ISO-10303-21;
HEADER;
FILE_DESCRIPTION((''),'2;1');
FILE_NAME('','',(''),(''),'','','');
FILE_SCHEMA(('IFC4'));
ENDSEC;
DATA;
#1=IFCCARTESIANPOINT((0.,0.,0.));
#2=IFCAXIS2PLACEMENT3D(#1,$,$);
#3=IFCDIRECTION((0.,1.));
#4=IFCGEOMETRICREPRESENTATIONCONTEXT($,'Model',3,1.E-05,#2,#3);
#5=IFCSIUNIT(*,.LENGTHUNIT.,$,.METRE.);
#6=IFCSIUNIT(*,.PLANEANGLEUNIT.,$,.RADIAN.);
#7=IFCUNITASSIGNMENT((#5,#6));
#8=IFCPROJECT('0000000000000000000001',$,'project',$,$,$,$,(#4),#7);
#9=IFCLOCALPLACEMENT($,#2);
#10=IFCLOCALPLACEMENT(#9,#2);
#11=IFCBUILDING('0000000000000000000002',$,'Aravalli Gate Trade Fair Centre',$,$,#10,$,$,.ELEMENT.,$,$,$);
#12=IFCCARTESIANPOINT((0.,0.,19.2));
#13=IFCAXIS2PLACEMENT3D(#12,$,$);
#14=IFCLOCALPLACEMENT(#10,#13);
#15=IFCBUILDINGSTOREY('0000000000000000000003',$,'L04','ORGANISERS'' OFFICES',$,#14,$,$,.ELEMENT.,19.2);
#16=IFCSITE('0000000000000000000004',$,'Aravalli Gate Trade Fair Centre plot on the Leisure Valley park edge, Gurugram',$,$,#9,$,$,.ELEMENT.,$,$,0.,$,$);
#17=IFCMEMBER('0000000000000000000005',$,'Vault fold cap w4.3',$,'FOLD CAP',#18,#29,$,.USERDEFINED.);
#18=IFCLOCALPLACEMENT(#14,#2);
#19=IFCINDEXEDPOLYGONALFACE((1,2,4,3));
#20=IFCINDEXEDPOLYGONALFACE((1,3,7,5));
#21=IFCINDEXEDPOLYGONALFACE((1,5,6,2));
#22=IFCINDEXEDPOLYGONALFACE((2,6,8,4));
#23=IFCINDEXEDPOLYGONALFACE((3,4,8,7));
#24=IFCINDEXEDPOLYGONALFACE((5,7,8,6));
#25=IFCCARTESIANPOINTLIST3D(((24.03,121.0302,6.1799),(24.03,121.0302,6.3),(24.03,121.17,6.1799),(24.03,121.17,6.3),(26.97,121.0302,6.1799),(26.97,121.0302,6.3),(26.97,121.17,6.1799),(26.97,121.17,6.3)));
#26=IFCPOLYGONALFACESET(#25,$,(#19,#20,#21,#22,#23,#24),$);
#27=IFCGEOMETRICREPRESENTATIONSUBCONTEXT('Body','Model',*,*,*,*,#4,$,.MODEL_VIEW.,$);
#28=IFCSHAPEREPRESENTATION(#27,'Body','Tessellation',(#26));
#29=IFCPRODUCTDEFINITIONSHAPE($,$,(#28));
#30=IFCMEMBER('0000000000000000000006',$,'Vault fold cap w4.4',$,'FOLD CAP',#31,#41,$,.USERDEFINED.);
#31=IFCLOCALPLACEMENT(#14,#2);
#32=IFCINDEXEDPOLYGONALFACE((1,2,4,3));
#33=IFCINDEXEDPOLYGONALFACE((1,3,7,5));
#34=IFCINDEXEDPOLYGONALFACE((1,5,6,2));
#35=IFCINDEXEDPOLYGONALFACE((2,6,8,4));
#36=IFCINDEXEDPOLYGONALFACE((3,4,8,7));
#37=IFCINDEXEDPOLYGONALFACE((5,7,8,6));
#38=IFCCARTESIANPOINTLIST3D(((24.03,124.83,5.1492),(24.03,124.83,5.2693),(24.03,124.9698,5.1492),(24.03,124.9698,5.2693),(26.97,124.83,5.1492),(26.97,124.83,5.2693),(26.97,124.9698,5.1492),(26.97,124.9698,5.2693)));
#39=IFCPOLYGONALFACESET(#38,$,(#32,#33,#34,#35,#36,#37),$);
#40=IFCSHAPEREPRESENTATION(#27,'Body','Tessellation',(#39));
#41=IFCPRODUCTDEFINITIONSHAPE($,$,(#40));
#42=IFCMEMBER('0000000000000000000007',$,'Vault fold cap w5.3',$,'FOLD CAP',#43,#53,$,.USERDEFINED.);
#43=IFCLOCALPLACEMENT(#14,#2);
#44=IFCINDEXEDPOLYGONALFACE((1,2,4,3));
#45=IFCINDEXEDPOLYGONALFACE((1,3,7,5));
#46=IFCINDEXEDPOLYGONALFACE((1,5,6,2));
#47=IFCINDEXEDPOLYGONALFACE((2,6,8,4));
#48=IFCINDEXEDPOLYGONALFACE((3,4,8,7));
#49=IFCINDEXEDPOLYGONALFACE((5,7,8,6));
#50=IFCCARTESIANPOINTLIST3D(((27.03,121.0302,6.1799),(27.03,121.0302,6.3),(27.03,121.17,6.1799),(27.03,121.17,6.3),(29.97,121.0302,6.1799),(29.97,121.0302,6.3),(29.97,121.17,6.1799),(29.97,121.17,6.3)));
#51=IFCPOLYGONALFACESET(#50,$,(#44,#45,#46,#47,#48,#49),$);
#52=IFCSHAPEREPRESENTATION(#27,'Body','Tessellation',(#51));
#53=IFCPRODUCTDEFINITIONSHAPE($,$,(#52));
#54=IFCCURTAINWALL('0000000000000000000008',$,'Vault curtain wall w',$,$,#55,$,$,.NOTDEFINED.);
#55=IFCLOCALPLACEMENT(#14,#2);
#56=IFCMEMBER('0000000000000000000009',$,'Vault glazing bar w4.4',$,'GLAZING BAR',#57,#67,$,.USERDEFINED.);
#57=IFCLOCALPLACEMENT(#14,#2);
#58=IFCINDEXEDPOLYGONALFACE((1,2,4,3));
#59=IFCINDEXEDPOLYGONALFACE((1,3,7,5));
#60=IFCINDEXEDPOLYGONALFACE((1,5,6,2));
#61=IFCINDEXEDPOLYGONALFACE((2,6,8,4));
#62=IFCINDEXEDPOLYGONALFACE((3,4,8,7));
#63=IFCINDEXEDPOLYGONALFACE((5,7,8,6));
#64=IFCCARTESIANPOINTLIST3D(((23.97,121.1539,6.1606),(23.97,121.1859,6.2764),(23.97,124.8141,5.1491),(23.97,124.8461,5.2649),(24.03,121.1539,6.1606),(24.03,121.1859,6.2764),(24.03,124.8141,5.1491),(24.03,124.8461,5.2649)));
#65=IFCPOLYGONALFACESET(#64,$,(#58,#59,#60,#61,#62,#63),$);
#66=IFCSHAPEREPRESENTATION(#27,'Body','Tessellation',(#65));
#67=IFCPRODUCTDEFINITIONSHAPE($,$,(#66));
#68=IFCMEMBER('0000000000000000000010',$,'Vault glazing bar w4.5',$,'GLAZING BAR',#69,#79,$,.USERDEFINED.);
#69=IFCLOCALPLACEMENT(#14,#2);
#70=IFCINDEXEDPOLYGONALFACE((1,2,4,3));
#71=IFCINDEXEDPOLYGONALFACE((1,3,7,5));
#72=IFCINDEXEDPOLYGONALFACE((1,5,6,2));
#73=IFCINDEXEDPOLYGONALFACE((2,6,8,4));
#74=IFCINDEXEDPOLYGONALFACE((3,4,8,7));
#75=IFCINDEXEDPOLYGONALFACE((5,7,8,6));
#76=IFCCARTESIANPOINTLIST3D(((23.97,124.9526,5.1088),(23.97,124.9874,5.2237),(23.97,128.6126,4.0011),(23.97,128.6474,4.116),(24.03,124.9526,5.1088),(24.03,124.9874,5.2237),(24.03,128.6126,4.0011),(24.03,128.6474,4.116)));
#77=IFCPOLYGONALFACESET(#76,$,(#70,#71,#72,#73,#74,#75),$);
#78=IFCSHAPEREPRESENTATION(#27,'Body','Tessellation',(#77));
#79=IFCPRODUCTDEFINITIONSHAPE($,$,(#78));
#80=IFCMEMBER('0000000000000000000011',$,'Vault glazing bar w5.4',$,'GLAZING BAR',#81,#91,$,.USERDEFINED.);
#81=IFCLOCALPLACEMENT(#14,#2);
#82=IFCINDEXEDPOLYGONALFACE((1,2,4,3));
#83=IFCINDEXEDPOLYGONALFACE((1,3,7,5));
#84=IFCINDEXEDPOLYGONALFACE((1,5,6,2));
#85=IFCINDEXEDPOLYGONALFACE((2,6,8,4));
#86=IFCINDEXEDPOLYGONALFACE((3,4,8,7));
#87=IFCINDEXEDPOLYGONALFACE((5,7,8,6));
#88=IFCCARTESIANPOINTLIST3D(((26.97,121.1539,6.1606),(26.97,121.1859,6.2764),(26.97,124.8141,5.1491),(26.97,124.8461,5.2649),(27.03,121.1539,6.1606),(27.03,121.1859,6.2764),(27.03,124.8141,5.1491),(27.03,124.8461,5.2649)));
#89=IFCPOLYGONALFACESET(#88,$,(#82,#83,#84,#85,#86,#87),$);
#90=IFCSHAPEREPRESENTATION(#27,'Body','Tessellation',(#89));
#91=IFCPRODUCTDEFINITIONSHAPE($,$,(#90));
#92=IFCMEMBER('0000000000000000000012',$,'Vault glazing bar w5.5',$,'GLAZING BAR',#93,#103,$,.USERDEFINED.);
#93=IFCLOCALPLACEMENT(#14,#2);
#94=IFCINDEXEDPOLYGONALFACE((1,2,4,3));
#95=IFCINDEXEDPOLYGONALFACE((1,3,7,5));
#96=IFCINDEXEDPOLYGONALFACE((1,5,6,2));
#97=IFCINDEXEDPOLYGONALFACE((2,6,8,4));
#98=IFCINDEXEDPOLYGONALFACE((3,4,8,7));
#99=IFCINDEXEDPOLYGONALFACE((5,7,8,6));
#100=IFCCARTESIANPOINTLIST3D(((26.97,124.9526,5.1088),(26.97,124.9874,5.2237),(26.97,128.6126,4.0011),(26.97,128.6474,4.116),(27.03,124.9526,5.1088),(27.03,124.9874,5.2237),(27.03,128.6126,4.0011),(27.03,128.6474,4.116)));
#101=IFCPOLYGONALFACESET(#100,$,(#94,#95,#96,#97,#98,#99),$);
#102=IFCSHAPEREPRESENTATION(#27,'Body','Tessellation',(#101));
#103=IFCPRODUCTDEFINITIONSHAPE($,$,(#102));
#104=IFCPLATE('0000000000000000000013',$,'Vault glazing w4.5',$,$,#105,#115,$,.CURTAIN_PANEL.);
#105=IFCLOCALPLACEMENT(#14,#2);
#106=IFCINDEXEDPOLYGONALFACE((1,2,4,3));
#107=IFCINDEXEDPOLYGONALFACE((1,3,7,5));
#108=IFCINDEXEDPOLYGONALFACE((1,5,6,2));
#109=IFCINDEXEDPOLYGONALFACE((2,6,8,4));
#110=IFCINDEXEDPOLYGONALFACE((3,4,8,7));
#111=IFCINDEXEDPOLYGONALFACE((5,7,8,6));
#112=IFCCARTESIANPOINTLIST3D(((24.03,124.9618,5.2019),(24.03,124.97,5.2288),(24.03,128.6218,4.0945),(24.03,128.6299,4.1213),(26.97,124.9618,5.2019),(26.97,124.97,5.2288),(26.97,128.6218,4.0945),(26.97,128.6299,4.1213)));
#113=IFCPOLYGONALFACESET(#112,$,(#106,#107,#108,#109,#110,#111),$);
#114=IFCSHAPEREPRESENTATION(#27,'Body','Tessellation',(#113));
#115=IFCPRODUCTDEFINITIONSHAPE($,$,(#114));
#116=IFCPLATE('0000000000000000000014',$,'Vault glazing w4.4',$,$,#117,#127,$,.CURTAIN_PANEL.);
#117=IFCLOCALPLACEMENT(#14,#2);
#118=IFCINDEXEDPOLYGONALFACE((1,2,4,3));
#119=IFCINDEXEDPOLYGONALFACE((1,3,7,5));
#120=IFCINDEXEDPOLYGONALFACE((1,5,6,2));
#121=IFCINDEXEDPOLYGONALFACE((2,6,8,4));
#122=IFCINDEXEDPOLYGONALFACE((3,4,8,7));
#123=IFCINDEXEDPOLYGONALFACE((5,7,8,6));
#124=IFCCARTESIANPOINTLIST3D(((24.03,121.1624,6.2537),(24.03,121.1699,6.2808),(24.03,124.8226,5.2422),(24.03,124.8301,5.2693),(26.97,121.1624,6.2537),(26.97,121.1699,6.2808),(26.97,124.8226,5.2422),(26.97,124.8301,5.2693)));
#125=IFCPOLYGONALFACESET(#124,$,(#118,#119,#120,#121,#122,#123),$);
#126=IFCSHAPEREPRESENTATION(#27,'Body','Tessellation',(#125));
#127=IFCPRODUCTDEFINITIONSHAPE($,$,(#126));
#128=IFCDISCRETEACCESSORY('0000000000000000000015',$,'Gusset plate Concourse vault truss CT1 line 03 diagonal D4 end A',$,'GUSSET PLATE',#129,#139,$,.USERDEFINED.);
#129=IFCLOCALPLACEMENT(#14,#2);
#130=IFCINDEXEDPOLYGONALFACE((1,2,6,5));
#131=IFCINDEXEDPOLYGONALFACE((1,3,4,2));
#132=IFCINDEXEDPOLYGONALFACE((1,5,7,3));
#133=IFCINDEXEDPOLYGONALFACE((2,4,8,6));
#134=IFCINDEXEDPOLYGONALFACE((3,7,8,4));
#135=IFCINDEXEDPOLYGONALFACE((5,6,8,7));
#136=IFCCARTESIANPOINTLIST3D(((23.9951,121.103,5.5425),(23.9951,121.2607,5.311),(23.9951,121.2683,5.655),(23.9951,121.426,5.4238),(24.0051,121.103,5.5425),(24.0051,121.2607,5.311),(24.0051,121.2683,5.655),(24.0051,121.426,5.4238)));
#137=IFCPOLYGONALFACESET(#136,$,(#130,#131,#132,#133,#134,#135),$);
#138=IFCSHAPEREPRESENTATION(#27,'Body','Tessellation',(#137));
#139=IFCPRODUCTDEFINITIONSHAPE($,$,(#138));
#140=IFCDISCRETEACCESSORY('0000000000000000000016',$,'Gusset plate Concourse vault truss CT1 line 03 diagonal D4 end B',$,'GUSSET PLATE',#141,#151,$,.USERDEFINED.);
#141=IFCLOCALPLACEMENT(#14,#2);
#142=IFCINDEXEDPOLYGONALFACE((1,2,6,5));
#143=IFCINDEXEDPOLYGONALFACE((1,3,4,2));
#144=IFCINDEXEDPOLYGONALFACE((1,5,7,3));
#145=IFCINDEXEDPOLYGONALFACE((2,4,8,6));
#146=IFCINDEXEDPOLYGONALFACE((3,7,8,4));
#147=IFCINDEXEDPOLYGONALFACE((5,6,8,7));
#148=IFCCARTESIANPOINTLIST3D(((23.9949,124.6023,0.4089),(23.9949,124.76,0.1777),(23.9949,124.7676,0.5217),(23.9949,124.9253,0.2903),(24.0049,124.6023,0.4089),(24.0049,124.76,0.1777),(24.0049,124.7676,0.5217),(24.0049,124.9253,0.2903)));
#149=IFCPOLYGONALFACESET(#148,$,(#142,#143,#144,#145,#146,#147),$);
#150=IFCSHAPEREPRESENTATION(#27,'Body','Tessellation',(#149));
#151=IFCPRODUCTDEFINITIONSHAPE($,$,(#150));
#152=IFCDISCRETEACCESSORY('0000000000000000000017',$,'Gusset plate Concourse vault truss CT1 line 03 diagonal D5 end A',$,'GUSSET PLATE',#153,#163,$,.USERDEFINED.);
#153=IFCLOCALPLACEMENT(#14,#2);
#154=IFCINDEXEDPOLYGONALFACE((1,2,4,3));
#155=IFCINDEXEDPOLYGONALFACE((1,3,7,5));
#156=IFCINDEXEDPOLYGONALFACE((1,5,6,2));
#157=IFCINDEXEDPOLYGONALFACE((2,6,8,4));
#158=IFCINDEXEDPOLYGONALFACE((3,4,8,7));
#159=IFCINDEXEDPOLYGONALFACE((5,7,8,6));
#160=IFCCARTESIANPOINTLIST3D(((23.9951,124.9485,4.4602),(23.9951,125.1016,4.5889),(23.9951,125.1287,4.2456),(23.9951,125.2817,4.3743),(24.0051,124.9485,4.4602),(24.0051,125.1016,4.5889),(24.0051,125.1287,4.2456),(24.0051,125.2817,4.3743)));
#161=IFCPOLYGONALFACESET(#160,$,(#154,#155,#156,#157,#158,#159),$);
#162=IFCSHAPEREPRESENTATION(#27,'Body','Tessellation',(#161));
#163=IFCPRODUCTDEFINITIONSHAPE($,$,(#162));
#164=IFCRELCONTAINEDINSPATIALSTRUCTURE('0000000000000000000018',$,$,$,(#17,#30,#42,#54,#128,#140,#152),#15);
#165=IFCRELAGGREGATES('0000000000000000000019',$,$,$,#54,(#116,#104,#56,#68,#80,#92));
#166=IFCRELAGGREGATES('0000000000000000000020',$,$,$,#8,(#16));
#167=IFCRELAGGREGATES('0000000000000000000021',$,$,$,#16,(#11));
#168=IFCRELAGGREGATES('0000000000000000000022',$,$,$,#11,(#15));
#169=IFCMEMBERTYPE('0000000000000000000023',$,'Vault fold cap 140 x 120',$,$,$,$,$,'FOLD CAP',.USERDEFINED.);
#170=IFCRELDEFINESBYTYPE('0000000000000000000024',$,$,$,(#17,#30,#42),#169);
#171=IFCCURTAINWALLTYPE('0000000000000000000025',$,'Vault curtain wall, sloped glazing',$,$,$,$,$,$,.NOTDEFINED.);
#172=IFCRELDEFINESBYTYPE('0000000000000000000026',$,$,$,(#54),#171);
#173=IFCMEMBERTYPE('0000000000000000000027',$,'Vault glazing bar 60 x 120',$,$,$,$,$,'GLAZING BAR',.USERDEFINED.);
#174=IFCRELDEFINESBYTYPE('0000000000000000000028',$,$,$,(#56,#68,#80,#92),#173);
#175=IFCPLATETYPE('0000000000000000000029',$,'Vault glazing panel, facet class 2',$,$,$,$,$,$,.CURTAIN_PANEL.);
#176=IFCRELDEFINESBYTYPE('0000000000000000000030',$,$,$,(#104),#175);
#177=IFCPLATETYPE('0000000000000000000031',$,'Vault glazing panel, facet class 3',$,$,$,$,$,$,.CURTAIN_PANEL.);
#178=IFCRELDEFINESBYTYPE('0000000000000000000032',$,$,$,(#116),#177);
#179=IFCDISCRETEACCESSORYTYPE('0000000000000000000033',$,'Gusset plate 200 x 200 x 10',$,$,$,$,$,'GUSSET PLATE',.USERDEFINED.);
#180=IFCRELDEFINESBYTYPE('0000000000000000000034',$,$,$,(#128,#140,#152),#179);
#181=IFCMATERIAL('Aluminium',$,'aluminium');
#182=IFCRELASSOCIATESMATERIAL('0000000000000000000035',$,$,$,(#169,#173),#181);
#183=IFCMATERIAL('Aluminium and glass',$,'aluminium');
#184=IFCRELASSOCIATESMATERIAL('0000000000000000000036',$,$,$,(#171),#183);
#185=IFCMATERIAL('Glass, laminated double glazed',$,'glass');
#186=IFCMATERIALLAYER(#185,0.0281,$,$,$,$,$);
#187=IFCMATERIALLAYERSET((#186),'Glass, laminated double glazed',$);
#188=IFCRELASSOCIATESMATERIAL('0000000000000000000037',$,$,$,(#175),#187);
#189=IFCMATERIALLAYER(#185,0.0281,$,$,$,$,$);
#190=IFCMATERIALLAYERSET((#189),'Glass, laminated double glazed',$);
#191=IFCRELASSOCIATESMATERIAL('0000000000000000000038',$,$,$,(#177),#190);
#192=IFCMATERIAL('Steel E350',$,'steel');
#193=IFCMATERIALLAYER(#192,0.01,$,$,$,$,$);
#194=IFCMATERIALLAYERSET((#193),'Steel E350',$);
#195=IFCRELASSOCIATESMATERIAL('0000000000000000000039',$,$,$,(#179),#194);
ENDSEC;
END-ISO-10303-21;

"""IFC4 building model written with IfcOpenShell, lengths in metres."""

from ifc_helpers import new_model, si_unit, direction, frame, origin, origin_2d, place, context, subcontext, project, spatial, polyline, rectangle, outline, extrude, material, layer, layer_set, material_profile, profile_set, type_object, element, aggregate, save


model = new_model("IFC4")

# Units and contexts
model_context = context("Model", 3, precision=1e-05, world=origin(), true_north=direction((0.0, 1.0)))
body_context = subcontext(model_context, "Body", "Model", "MODEL_VIEW")
ifc_project = project(units=[si_unit("LENGTHUNIT", "METRE"), si_unit("PLANEANGLEUNIT", "RADIAN")], contexts=[model_context])

# Site, building, storey
site_placement = place(None, origin())
site = spatial("IfcSite", under=ifc_project, at=site_placement, Name="Aravalli Gate Trade Fair Centre plot on the Leisure Valley park edge, Gurugram", CompositionType="ELEMENT", RefElevation=0.0)
building_placement = place(site_placement, origin())
building = spatial("IfcBuilding", under=site, at=building_placement, Name="Aravalli Gate Trade Fair Centre", CompositionType="ELEMENT")
storey_placement = place(building_placement, frame((0.0, 0.0, 19.2)))
storey = spatial("IfcBuildingStorey", under=building, at=storey_placement, Name="L04", Description="ORGANISERS' OFFICES", CompositionType="ELEMENT", Elevation=19.2)

# Members
ifc_material_1 = material(Name="Steel E350", Category="steel")
ifc_material_2 = material(Name="Aluminium", Category="aluminium")
ifc_material_profile_1 = material_profile(ifc_material_2, rectangle(XDim=0.1399, YDim=0.1201, at=origin_2d()), Name="Vault fold cap 140 x 120")
ifc_profile_set_1 = profile_set([ifc_material_profile_1], Name="Aluminium")
member_type_1 = type_object("IfcMemberType", Name="Vault fold cap 140 x 120", ElementType="FOLD CAP", PredefinedType="USERDEFINED", material=ifc_profile_set_1)
for number, where, z_axis, x_axis, name in (
    (1, (24.03, 121.1001, 6.24), (1.0, 0.0, 0.0), (0.0, 1.0, 0.0), "Vault fold cap w4.3"),
    (2, (24.03, 124.8999, 5.2092), (1.0, 0.0, 0.0), (0.0, 1.0, 0.0), "Vault fold cap w4.4"),
    (3, (27.03, 121.1001, 6.24), (1.0, 0.0, 0.0), (0.0, 1.0, 0.0), "Vault fold cap w5.3"),
):
    element("IfcMember", number, at=place(storey_placement, frame(where, z_axis=z_axis, x_axis=x_axis)), inside=storey, type_object=member_type_1, Name=name, ObjectType="FOLD CAP", PredefinedType="USERDEFINED", context=body_context, shape_type="SweptSolid", body=[
        extrude(rectangle(XDim=0.1399, YDim=0.1201, at=origin_2d()), origin(), (0.0, 0.0, 1.0), 2.9399),
    ])

# Curtain wall, members, plates
ifc_material_3 = material(Name="Aluminium and glass", Category="aluminium")
curtain_wall_type = type_object("IfcCurtainWallType", Name="Vault curtain wall, sloped glazing", PredefinedType="NOTDEFINED", material=ifc_material_3)
curtain_wall_placement = place(storey_placement, origin())
curtain_wall = element("IfcCurtainWall", 4, at=curtain_wall_placement, inside=storey, type_object=curtain_wall_type, Name="Vault curtain wall w", PredefinedType="NOTDEFINED")
ifc_material_profile_2 = material_profile(ifc_material_2, rectangle(XDim=0.0601, YDim=0.1201, at=origin_2d()), Name="Vault glazing bar 60 x 120")
ifc_profile_set_2 = profile_set([ifc_material_profile_2], Name="Aluminium")
member_type_2 = type_object("IfcMemberType", Name="Vault glazing bar 60 x 120", ElementType="GLAZING BAR", PredefinedType="USERDEFINED", material=ifc_profile_set_2)
member_1_placement = place(storey_placement, frame((24.0, 121.1699, 6.2185), z_axis=(0.0, 0.963873, -0.266364), x_axis=(-1.0, 0.0, 0.0)))
member_1 = element("IfcMember", 5, at=member_1_placement, type_object=member_type_2, Name="Vault glazing bar w4.4", ObjectType="GLAZING BAR", PredefinedType="USERDEFINED", context=body_context, shape_type="SweptSolid", body=[
    extrude(rectangle(XDim=0.0601, YDim=0.1201, at=origin_2d()), origin(), (0.0, 0.0, 1.0), 3.7974),
])
member_2_placement = place(storey_placement, frame((24.0, 124.97, 5.1663), z_axis=(0.0, 0.957126, -0.289672), x_axis=(-1.0, 0.0, 0.0)))
member_2 = element("IfcMember", 6, at=member_2_placement, type_object=member_type_2, Name="Vault glazing bar w4.5", ObjectType="GLAZING BAR", PredefinedType="USERDEFINED", context=body_context, shape_type="SweptSolid", body=[
    extrude(rectangle(XDim=0.0601, YDim=0.1201, at=origin_2d()), origin(), (0.0, 0.0, 1.0), 3.824),
])
member_3_placement = place(storey_placement, frame((27.0, 121.1699, 6.2185), z_axis=(0.0, 0.963873, -0.266364), x_axis=(-1.0, 0.0, 0.0)))
member_3 = element("IfcMember", 7, at=member_3_placement, type_object=member_type_2, Name="Vault glazing bar w5.4", ObjectType="GLAZING BAR", PredefinedType="USERDEFINED", context=body_context, shape_type="SweptSolid", body=[
    extrude(rectangle(XDim=0.0601, YDim=0.1201, at=origin_2d()), origin(), (0.0, 0.0, 1.0), 3.7974),
])
member_4_placement = place(storey_placement, frame((27.0, 124.97, 5.1663), z_axis=(0.0, 0.957126, -0.289672), x_axis=(-1.0, 0.0, 0.0)))
member_4 = element("IfcMember", 8, at=member_4_placement, type_object=member_type_2, Name="Vault glazing bar w5.5", ObjectType="GLAZING BAR", PredefinedType="USERDEFINED", context=body_context, shape_type="SweptSolid", body=[
    extrude(rectangle(XDim=0.0601, YDim=0.1201, at=origin_2d()), origin(), (0.0, 0.0, 1.0), 3.824),
])
ifc_material_4 = material(Name="Glass, laminated double glazed", Category="glass")
ifc_layer_1 = layer(ifc_material_4, 0.0281)
ifc_layer_set_1 = layer_set([ifc_layer_1], Name="Glass, laminated double glazed")
plate_type_1 = type_object("IfcPlateType", Name="Vault glazing panel, facet class 2", PredefinedType="CURTAIN_PANEL", material=ifc_layer_set_1)
plate_1_placement = place(storey_placement, frame((24.03, 124.97, 5.2288), z_axis=(0.0, 0.289614, 0.957144), x_axis=(1.0, 0.0, 0.0)))
plate_1 = element("IfcPlate", 9, at=plate_1_placement, type_object=plate_type_1, Name="Vault glazing w4.5", PredefinedType="CURTAIN_PANEL", context=body_context, shape_type="SweptSolid", body=[
    extrude(outline(polyline([(0.0, 0.0), (2.9399, 0.0), (2.9399, 3.8238), (0.0, 3.8238), (0.0, 0.0)])), origin(), (0.0, 0.0, -1.0), 0.0281),
])
ifc_layer_2 = layer(ifc_material_4, 0.0281)
ifc_layer_set_2 = layer_set([ifc_layer_2], Name="Glass, laminated double glazed")
plate_type_2 = type_object("IfcPlateType", Name="Vault glazing panel, facet class 3", PredefinedType="CURTAIN_PANEL", material=ifc_layer_set_2)
plate_2_placement = place(storey_placement, frame((24.03, 121.1699, 6.2808), z_axis=(0.0, 0.266364, 0.963873), x_axis=(1.0, 0.0, 0.0)))
plate_2 = element("IfcPlate", 10, at=plate_2_placement, type_object=plate_type_2, Name="Vault glazing w4.4", PredefinedType="CURTAIN_PANEL", context=body_context, shape_type="SweptSolid", body=[
    extrude(outline(polyline([(0.0, 0.0), (2.9399, 0.0), (2.9399, 3.7973), (0.0, 3.7973), (0.0, 0.0)])), origin(), (0.0, 0.0, -1.0), 0.0281),
])
aggregate(curtain_wall, [plate_2, plate_1, member_1, member_2, member_3, member_4])

# Discrete accessories
ifc_layer_3 = layer(ifc_material_1, 0.01)
ifc_layer_set_3 = layer_set([ifc_layer_3], Name="Steel E350")
discrete_accessory_type = type_object("IfcDiscreteAccessoryType", Name="Gusset plate 200 x 200 x 10", ElementType="GUSSET PLATE", PredefinedType="USERDEFINED", material=ifc_layer_set_3)
discrete_accessory_1_placement = place(storey_placement, frame((23.9951, 121.2607, 5.311), z_axis=(-1.0, 0.0, 0.0), x_axis=(0.0, -0.56312, 0.826375)))
element("IfcDiscreteAccessory", 11, at=discrete_accessory_1_placement, inside=storey, type_object=discrete_accessory_type, Name="Gusset plate Concourse vault truss CT1 line 03 diagonal D4 end A", ObjectType="GUSSET PLATE", PredefinedType="USERDEFINED", context=body_context, shape_type="SweptSolid", body=[
    extrude(outline(polyline([(0.0, 0.0), (0.2801, 0.0), (0.28, 0.2), (0.0001, 0.2001), (0.0, 0.0)])), origin(), (0.0, 0.0, -1.0), 0.01),
])
discrete_accessory_2_placement = place(storey_placement, frame((24.0049, 124.6023, 0.4089), z_axis=(1.0, 0.0, 0.0), x_axis=(0.0, 0.563526, -0.826098)))
element("IfcDiscreteAccessory", 12, at=discrete_accessory_2_placement, inside=storey, type_object=discrete_accessory_type, Name="Gusset plate Concourse vault truss CT1 line 03 diagonal D4 end B", ObjectType="GUSSET PLATE", PredefinedType="USERDEFINED", context=body_context, shape_type="SweptSolid", body=[
    extrude(outline(polyline([(0.0, 0.0), (0.2799, 0.0), (0.28, 0.2), (0.0, 0.2001), (0.0, 0.0)])), origin(), (0.0, 0.0, -1.0), 0.01),
])
discrete_accessory_3_placement = place(storey_placement, frame((23.9951, 125.1287, 4.2456), z_axis=(-1.0, 0.0, 0.0), x_axis=(0.0, -0.643008, 0.765859)))
element("IfcDiscreteAccessory", 13, at=discrete_accessory_3_placement, inside=storey, type_object=discrete_accessory_type, Name="Gusset plate Concourse vault truss CT1 line 03 diagonal D5 end A", ObjectType="GUSSET PLATE", PredefinedType="USERDEFINED", context=body_context, shape_type="SweptSolid", body=[
    extrude(outline(polyline([(0.0, 0.0), (0.2802, 0.0), (0.2803, 0.2), (0.0001, 0.2), (0.0, 0.0)])), origin(), (0.0, 0.0, -1.0), 0.01),
])

save(model, "model.ifc")
